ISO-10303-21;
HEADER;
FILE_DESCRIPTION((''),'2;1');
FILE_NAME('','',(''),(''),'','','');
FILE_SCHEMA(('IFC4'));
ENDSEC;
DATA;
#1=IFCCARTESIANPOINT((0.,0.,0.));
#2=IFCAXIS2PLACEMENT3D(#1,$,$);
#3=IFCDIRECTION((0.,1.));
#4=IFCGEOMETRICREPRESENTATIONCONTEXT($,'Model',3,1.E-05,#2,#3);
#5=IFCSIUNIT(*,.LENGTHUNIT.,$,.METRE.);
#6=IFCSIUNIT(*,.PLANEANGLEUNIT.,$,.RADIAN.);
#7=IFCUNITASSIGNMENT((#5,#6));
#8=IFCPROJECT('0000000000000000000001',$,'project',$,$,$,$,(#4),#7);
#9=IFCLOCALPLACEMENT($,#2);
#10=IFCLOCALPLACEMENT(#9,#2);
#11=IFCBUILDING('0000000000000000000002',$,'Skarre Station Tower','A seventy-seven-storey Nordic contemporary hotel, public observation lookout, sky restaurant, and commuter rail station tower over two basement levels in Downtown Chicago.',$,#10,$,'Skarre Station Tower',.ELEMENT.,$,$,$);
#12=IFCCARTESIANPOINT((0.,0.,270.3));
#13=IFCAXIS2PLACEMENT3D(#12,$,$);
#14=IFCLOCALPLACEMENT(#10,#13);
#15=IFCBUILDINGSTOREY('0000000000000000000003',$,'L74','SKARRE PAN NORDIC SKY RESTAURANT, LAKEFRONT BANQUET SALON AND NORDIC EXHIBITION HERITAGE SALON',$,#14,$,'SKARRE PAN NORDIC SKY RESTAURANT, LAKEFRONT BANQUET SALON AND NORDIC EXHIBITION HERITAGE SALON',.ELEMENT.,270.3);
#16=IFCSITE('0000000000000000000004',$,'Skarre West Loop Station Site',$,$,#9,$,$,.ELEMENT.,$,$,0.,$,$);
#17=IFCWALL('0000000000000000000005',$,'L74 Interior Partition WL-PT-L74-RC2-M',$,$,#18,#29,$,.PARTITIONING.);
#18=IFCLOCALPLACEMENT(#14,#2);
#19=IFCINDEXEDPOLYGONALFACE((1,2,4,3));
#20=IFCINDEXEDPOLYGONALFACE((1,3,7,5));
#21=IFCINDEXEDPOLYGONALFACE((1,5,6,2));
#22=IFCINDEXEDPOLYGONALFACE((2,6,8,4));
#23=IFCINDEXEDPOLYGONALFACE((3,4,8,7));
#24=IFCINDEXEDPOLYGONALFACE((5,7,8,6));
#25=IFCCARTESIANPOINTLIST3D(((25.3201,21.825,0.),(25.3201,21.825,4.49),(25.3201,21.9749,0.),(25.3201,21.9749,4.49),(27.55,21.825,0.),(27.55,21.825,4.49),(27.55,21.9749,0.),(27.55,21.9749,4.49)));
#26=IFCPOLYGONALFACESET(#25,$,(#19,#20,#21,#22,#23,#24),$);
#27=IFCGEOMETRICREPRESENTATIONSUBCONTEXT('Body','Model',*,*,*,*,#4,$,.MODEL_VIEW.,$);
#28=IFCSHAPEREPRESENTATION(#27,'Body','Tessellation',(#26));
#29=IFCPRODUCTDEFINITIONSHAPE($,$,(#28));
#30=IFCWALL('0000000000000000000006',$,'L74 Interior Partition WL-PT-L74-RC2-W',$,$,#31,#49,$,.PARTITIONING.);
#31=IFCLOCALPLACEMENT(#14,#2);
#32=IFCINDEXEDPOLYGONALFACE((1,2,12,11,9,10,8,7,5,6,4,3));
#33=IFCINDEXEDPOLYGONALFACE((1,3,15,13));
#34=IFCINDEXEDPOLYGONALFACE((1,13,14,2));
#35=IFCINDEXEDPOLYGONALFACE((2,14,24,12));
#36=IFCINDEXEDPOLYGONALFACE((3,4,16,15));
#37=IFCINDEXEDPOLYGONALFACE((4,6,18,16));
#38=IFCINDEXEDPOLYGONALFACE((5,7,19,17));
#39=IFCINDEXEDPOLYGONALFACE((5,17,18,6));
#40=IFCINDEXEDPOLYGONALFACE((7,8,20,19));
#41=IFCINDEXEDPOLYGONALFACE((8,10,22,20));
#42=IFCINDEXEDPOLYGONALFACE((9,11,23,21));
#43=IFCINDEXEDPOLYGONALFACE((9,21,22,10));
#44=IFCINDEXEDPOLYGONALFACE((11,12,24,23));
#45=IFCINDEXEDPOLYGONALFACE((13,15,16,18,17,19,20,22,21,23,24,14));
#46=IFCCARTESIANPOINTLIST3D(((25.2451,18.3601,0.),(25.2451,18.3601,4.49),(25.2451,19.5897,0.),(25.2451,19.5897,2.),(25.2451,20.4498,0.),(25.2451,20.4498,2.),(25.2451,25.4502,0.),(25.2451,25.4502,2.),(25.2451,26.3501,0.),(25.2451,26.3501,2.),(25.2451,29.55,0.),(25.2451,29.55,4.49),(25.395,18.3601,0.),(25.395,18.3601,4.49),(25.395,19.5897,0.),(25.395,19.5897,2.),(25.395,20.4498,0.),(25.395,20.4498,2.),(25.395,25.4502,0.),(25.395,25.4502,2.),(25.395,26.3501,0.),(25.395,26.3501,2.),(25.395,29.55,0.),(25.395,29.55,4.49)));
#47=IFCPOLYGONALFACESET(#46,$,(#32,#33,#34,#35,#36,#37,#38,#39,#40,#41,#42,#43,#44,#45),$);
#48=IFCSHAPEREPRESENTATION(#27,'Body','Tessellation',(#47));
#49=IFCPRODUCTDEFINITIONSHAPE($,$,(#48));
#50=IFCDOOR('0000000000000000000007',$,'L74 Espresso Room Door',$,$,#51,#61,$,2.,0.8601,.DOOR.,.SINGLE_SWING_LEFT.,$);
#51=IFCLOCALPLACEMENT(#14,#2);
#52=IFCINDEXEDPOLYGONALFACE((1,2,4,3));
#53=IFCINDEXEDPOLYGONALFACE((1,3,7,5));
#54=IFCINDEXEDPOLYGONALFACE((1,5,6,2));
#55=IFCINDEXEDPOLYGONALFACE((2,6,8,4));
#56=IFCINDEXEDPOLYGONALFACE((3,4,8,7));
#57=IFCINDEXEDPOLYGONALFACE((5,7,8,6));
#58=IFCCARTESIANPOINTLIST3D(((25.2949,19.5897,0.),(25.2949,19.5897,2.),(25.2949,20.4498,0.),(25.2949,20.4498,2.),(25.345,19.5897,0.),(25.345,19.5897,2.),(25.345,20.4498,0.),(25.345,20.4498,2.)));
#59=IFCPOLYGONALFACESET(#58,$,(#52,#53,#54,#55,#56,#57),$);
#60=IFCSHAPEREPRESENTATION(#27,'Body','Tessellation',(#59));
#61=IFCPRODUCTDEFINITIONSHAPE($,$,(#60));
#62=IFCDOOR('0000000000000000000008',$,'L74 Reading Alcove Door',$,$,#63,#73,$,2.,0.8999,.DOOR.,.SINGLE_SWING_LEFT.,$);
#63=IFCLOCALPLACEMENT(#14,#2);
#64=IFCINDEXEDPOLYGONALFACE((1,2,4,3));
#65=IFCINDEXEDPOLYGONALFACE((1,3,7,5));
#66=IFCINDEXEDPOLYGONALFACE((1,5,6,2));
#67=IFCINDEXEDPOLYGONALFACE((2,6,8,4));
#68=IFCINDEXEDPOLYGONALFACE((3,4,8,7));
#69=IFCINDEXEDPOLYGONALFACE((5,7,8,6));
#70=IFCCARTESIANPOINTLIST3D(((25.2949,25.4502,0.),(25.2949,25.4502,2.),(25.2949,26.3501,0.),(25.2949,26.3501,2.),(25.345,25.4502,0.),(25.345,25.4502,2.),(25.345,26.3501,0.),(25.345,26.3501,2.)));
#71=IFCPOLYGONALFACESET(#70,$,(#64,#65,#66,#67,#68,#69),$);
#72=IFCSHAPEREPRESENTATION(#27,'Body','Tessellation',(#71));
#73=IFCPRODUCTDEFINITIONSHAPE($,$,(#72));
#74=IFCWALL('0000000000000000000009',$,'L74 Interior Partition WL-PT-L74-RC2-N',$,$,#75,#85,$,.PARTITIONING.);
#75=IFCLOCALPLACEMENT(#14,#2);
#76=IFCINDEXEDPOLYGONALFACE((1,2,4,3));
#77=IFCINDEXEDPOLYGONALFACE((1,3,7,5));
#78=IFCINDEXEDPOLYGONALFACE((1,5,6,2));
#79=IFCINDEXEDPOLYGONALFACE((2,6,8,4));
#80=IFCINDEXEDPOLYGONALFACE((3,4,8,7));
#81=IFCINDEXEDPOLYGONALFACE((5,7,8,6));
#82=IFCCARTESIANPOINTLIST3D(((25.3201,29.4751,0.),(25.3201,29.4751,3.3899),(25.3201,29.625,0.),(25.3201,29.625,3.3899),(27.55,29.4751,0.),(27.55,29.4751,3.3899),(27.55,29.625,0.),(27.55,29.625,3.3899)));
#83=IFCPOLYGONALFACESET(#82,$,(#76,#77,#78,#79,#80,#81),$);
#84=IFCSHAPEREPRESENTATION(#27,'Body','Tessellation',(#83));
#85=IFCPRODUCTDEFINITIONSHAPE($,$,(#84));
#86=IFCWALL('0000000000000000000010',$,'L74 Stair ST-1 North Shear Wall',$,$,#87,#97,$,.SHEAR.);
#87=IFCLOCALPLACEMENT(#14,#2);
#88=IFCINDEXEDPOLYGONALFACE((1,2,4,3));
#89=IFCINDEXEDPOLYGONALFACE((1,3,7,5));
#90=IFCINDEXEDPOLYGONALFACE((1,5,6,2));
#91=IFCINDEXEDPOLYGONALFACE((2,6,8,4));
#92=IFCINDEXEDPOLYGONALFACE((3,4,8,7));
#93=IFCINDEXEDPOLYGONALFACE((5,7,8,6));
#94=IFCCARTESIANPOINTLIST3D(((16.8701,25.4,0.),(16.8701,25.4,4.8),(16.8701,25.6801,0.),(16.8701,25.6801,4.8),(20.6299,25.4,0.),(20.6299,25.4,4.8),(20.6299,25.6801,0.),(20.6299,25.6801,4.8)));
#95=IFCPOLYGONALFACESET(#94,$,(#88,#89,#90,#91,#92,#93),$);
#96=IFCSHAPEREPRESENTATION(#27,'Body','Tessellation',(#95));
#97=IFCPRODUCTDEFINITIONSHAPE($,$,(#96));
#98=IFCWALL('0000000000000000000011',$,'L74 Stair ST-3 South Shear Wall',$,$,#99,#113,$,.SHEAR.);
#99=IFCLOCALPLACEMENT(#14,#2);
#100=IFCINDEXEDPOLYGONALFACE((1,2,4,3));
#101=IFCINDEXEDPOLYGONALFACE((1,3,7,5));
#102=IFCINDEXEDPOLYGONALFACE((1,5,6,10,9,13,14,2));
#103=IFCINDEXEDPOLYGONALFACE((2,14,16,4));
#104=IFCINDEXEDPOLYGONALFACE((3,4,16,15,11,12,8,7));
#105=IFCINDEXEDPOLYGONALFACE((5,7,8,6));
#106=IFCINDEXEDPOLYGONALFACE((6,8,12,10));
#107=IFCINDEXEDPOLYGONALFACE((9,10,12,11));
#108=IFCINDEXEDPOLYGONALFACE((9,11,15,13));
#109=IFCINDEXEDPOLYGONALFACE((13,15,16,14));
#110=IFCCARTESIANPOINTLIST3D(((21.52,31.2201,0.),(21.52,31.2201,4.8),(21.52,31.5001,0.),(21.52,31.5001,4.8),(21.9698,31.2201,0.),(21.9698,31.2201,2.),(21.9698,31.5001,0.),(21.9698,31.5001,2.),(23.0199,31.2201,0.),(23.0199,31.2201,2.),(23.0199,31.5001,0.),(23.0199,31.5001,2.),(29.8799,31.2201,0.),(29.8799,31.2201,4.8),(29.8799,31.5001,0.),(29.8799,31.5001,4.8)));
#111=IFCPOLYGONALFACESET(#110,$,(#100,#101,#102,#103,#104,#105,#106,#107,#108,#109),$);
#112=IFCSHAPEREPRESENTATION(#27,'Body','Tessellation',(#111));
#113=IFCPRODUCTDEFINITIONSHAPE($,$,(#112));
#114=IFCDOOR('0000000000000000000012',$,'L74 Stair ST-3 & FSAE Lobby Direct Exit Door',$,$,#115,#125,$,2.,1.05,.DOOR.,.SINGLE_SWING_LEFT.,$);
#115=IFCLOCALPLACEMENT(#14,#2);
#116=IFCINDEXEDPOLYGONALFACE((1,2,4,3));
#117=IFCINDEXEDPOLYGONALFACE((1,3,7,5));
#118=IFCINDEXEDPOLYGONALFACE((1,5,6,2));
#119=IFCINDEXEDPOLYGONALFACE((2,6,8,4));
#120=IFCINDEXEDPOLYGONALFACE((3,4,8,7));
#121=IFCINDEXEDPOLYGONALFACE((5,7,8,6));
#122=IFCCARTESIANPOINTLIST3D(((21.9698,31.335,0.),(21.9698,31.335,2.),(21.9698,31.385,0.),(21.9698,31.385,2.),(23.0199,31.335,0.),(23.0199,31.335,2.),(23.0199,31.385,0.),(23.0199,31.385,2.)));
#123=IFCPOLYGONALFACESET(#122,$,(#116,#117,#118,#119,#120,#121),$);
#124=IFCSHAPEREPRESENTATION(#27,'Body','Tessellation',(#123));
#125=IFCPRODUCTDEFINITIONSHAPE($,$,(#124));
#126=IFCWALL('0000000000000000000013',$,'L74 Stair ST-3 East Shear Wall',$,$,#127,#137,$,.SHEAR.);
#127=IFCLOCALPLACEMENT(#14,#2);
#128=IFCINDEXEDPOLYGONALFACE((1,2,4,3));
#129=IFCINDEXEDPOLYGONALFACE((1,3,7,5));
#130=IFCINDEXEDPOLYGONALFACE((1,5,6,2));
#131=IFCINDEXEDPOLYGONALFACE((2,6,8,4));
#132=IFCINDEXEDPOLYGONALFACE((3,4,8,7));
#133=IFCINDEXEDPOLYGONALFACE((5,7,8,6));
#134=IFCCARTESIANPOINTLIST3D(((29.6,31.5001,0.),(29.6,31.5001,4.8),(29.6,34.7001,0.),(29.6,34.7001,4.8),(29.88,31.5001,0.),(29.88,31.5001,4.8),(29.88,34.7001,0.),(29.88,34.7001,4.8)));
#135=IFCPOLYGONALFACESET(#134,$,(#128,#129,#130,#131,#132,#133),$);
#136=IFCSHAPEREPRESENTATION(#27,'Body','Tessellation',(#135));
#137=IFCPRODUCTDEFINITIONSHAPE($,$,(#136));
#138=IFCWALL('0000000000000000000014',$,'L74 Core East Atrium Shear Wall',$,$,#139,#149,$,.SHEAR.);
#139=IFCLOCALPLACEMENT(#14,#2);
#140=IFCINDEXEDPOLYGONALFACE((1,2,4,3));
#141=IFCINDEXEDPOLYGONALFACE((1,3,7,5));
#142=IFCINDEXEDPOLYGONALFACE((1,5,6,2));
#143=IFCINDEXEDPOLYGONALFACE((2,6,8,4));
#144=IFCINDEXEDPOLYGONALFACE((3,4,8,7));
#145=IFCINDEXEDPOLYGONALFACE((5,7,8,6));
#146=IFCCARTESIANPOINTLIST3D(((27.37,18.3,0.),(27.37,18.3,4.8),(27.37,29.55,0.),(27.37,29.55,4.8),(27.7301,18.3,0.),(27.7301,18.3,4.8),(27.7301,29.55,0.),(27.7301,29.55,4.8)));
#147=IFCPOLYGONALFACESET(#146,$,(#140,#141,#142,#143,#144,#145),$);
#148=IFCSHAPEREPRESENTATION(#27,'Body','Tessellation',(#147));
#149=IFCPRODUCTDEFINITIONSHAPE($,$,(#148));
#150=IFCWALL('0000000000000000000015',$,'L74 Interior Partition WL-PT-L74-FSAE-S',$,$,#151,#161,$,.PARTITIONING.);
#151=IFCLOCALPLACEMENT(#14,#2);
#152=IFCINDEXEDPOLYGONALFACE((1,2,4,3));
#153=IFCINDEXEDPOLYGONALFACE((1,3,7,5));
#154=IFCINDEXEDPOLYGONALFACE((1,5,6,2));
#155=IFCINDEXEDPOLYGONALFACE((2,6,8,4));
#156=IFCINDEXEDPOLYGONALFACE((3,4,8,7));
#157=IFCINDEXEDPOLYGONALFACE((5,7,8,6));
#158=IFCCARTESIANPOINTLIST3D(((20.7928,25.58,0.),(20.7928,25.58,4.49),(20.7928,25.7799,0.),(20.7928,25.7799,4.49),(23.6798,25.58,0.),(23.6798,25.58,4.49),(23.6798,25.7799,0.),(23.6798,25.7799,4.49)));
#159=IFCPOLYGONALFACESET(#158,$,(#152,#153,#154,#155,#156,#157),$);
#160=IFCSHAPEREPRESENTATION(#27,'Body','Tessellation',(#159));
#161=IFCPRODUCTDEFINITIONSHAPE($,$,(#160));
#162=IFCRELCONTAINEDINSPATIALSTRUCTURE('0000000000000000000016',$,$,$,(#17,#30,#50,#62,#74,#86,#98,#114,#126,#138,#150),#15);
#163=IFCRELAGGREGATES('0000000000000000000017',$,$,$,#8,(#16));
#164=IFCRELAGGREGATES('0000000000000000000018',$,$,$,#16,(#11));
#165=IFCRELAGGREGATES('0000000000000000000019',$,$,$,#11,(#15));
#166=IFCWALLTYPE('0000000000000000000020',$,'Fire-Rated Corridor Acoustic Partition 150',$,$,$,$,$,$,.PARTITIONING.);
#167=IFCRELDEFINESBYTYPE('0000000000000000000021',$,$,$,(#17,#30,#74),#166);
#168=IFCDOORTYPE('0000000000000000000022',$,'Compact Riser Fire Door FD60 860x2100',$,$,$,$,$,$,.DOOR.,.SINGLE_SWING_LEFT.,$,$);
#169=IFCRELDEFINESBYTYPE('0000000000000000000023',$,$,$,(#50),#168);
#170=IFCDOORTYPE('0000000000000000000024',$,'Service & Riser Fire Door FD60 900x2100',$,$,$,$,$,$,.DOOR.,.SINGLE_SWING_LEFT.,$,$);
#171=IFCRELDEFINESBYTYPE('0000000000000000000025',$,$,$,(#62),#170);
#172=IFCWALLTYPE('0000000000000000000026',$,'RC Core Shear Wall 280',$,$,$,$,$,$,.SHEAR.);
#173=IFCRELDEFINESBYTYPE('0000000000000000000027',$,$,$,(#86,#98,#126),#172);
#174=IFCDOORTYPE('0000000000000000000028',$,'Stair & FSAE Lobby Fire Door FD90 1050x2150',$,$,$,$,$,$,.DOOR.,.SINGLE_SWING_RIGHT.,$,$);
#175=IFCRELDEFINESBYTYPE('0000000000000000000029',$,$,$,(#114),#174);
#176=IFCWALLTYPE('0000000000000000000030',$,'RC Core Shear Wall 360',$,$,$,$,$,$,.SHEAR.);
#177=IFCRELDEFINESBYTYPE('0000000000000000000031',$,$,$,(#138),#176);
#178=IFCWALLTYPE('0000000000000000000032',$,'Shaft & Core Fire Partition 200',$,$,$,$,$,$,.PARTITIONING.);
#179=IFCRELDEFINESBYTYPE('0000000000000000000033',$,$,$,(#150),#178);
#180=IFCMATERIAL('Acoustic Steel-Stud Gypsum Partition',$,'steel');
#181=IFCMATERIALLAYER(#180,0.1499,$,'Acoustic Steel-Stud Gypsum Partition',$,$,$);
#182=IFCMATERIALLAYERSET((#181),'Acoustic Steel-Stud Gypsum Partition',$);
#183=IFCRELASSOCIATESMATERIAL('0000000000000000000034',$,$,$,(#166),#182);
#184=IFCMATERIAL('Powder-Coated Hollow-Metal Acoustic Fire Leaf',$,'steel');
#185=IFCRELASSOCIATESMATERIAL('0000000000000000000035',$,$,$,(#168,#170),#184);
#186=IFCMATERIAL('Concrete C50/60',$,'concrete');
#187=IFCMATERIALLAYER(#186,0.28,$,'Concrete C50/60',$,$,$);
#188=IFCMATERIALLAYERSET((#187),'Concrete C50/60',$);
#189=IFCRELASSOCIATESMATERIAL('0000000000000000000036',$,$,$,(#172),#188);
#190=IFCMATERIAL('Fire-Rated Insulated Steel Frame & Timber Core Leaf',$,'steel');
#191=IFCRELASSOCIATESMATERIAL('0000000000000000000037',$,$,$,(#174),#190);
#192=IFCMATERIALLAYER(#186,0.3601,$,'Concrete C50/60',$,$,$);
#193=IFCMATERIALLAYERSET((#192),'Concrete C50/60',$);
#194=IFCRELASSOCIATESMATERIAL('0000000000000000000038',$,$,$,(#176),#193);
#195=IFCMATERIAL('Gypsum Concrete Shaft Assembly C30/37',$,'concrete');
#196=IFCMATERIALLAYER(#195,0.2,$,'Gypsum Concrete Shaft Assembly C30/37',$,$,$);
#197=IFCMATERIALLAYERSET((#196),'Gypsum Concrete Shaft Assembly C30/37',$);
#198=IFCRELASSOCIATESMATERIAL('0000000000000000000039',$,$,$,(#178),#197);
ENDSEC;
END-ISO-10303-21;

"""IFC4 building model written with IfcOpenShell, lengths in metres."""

from ifc_helpers import new_model, si_unit, direction, frame, frame_2d, origin, place, context, subcontext, project, spatial, rectangle, extrude, material, layer, layer_set, type_object, element, fill, save


model = new_model("IFC4")

# Units and contexts
model_context = context("Model", 3, precision=1e-05, world=origin(), true_north=direction((0.0, 1.0)))
body_context = subcontext(model_context, "Body", "Model", "MODEL_VIEW")
ifc_project = project(units=[si_unit("LENGTHUNIT", "METRE"), si_unit("PLANEANGLEUNIT", "RADIAN")], contexts=[model_context])

# Site, building, storey
site_placement = place(None, origin())
site = spatial("IfcSite", under=ifc_project, at=site_placement, Name="Skarre West Loop Station Site", CompositionType="ELEMENT", RefElevation=0.0)
building_placement = place(site_placement, origin())
building = spatial("IfcBuilding", under=site, at=building_placement, Name="Skarre Station Tower", Description="A seventy-seven-storey Nordic contemporary hotel, public observation lookout, sky restaurant, and commuter rail station tower over two basement levels in Downtown Chicago.", LongName="Skarre Station Tower", CompositionType="ELEMENT")
storey_placement = place(building_placement, frame((0.0, 0.0, 270.3)))
storey = spatial("IfcBuildingStorey", under=building, at=storey_placement, Name="L74", Description="SKARRE PAN NORDIC SKY RESTAURANT, LAKEFRONT BANQUET SALON AND NORDIC EXHIBITION HERITAGE SALON", LongName="SKARRE PAN NORDIC SKY RESTAURANT, LAKEFRONT BANQUET SALON AND NORDIC EXHIBITION HERITAGE SALON", CompositionType="ELEMENT", Elevation=270.3)

# Wall
ifc_material_1 = material(Name="Acoustic Steel-Stud Gypsum Partition", Category="steel")
ifc_layer_1 = layer(ifc_material_1, 0.1499, Name="Acoustic Steel-Stud Gypsum Partition")
ifc_layer_set_1 = layer_set([ifc_layer_1], Name="Acoustic Steel-Stud Gypsum Partition")
wall_type_1 = type_object("IfcWallType", Name="Fire-Rated Corridor Acoustic Partition 150", PredefinedType="PARTITIONING", material=ifc_layer_set_1)
wall_1_placement = place(storey_placement, frame((25.3201, 21.8999, 0.0), z_axis=(0.0, 0.0, 1.0), x_axis=(1.0, 0.0, 0.0)))
element("IfcWall", 1, at=wall_1_placement, inside=storey, type_object=wall_type_1, Name="L74 Interior Partition WL-PT-L74-RC2-M", PredefinedType="PARTITIONING", context=body_context, shape_type="SweptSolid", body=[
    extrude(rectangle(XDim=2.23, YDim=0.1499, at=frame_2d((1.115, 0.0))), origin(), (0.0, 0.0, 1.0), 4.49),
])

# Wall, openings, doors
wall_2_placement = place(storey_placement, frame((25.3201, 29.55, 0.0), z_axis=(0.0, 0.0, 1.0), x_axis=(0.0, -1.0, 0.0)))
wall_2 = element("IfcWall", 2, at=wall_2_placement, inside=storey, type_object=wall_type_1, Name="L74 Interior Partition WL-PT-L74-RC2-W", PredefinedType="PARTITIONING", context=body_context, shape_type="SweptSolid", body=[
    extrude(rectangle(XDim=11.1899, YDim=0.1499, at=frame_2d((5.595, 0.0))), origin(), (0.0, 0.0, 1.0), 4.49),
])
opening_1_placement = place(wall_2_placement, frame((3.2, 0.0, 0.0)))
opening_1 = element("IfcOpeningElement", 3, at=opening_1_placement, cuts=wall_2, PredefinedType="OPENING", context=body_context, shape_type="SweptSolid", body=[
    extrude(rectangle(XDim=0.8999, YDim=2.0, at=frame_2d((0.45, 1.0))), frame((0.0, 0.085, 0.0), z_axis=(0.0, -1.0, 0.0), x_axis=(1.0, 0.0, 0.0)), (0.0, 0.0, 1.0), 0.1699),
])
opening_2_placement = place(wall_2_placement, frame((9.1001, 0.0, 0.0)))
opening_2 = element("IfcOpeningElement", 4, at=opening_2_placement, cuts=wall_2, PredefinedType="OPENING", context=body_context, shape_type="SweptSolid", body=[
    extrude(rectangle(XDim=0.8601, YDim=2.0, at=frame_2d((0.4302, 1.0))), frame((0.0, 0.085, 0.0), z_axis=(0.0, -1.0, 0.0), x_axis=(1.0, 0.0, 0.0)), (0.0, 0.0, 1.0), 0.1699),
])
ifc_material_2 = material(Name="Powder-Coated Hollow-Metal Acoustic Fire Leaf", Category="steel")
door_type_1 = type_object("IfcDoorType", Name="Compact Riser Fire Door FD60 860x2100", OperationType="SINGLE_SWING_LEFT", PredefinedType="DOOR", material=ifc_material_2)
door_1_placement = place(opening_2_placement, origin())
door_1 = element("IfcDoor", 5, at=door_1_placement, inside=storey, type_object=door_type_1, Name="L74 Espresso Room Door", OperationType="SINGLE_SWING_LEFT", OverallHeight=2.0, OverallWidth=0.8601, PredefinedType="DOOR", context=body_context, shape_type="SweptSolid", body=[
    extrude(rectangle(XDim=0.8601, YDim=2.0, at=frame_2d((0.4302, 1.0))), frame((0.0, 0.0249, 0.0), z_axis=(0.0, -1.0, 0.0), x_axis=(1.0, 0.0, 0.0)), (0.0, 0.0, 1.0), 0.05),
])
fill(opening_2, door_1)
door_type_2 = type_object("IfcDoorType", Name="Service & Riser Fire Door FD60 900x2100", OperationType="SINGLE_SWING_LEFT", PredefinedType="DOOR", material=ifc_material_2)
door_2_placement = place(opening_1_placement, origin())
door_2 = element("IfcDoor", 6, at=door_2_placement, inside=storey, type_object=door_type_2, Name="L74 Reading Alcove Door", OperationType="SINGLE_SWING_LEFT", OverallHeight=2.0, OverallWidth=0.8999, PredefinedType="DOOR", context=body_context, shape_type="SweptSolid", body=[
    extrude(rectangle(XDim=0.8999, YDim=2.0, at=frame_2d((0.45, 1.0))), frame((0.0, 0.0249, 0.0), z_axis=(0.0, -1.0, 0.0), x_axis=(1.0, 0.0, 0.0)), (0.0, 0.0, 1.0), 0.05),
])
fill(opening_1, door_2)

# Walls
wall_3_placement = place(storey_placement, frame((27.55, 29.55, 0.0), z_axis=(0.0, 0.0, 1.0), x_axis=(-1.0, 0.0, 0.0)))
element("IfcWall", 7, at=wall_3_placement, inside=storey, type_object=wall_type_1, Name="L74 Interior Partition WL-PT-L74-RC2-N", PredefinedType="PARTITIONING", context=body_context, shape_type="SweptSolid", body=[
    extrude(rectangle(XDim=2.23, YDim=0.1499, at=frame_2d((1.115, 0.0))), origin(), (0.0, 0.0, 1.0), 3.3899),
])
ifc_material_3 = material(Name="Concrete C50/60", Category="concrete")
ifc_layer_2 = layer(ifc_material_3, 0.28, Name="Concrete C50/60")
ifc_layer_set_2 = layer_set([ifc_layer_2], Name="Concrete C50/60")
wall_type_2 = type_object("IfcWallType", Name="RC Core Shear Wall 280", PredefinedType="SHEAR", material=ifc_layer_set_2)
wall_4_placement = place(storey_placement, frame((20.6299, 25.54, 0.0), z_axis=(0.0, 0.0, 1.0), x_axis=(-1.0, 0.0, 0.0)))
element("IfcWall", 8, at=wall_4_placement, inside=storey, type_object=wall_type_2, Name="L74 Stair ST-1 North Shear Wall", PredefinedType="SHEAR", context=body_context, shape_type="SweptSolid", body=[
    extrude(rectangle(XDim=3.7598, YDim=0.28, at=frame_2d((1.8799, 0.0))), origin(), (0.0, 0.0, 1.0), 4.8),
])

# Wall, opening, door
wall_5_placement = place(storey_placement, frame((21.52, 31.3601, 0.0), z_axis=(0.0, 0.0, 1.0), x_axis=(1.0, 0.0, 0.0)))
wall_5 = element("IfcWall", 9, at=wall_5_placement, inside=storey, type_object=wall_type_2, Name="L74 Stair ST-3 South Shear Wall", PredefinedType="SHEAR", context=body_context, shape_type="SweptSolid", body=[
    extrude(rectangle(XDim=8.3599, YDim=0.28, at=frame_2d((4.1799, 0.0))), origin(), (0.0, 0.0, 1.0), 4.8),
])
opening_3_placement = place(wall_5_placement, frame((0.45, 0.0, 0.0)))
opening_3 = element("IfcOpeningElement", 10, at=opening_3_placement, cuts=wall_5, PredefinedType="OPENING", context=body_context, shape_type="SweptSolid", body=[
    extrude(rectangle(XDim=1.05, YDim=2.0, at=frame_2d((0.5249, 1.0))), frame((0.0, 0.1499, 0.0), z_axis=(0.0, -1.0, 0.0), x_axis=(1.0, 0.0, 0.0)), (0.0, 0.0, 1.0), 0.3),
])
ifc_material_4 = material(Name="Fire-Rated Insulated Steel Frame & Timber Core Leaf", Category="steel")
door_type_3 = type_object("IfcDoorType", Name="Stair & FSAE Lobby Fire Door FD90 1050x2150", OperationType="SINGLE_SWING_RIGHT", PredefinedType="DOOR", material=ifc_material_4)
door_3_placement = place(opening_3_placement, origin())
door_3 = element("IfcDoor", 11, at=door_3_placement, inside=storey, type_object=door_type_3, Name="L74 Stair ST-3 & FSAE Lobby Direct Exit Door", OperationType="SINGLE_SWING_LEFT", OverallHeight=2.0, OverallWidth=1.05, PredefinedType="DOOR", context=body_context, shape_type="SweptSolid", body=[
    extrude(rectangle(XDim=1.05, YDim=2.0, at=frame_2d((0.5249, 1.0))), frame((0.0, 0.0249, 0.0), z_axis=(0.0, -1.0, 0.0), x_axis=(1.0, 0.0, 0.0)), (0.0, 0.0, 1.0), 0.05),
])
fill(opening_3, door_3)

# Walls
wall_6_placement = place(storey_placement, frame((29.74, 31.5, 0.0), z_axis=(0.0, 0.0, 1.0), x_axis=(0.0, 1.0, 0.0)))
element("IfcWall", 12, at=wall_6_placement, inside=storey, type_object=wall_type_2, Name="L74 Stair ST-3 East Shear Wall", PredefinedType="SHEAR", context=body_context, shape_type="SweptSolid", body=[
    extrude(rectangle(XDim=3.2, YDim=0.28, at=frame_2d((1.6001, 0.0))), origin(), (0.0, 0.0, 1.0), 4.8),
])
ifc_layer_3 = layer(ifc_material_3, 0.3601, Name="Concrete C50/60")
ifc_layer_set_3 = layer_set([ifc_layer_3], Name="Concrete C50/60")
wall_type_3 = type_object("IfcWallType", Name="RC Core Shear Wall 360", PredefinedType="SHEAR", material=ifc_layer_set_3)
wall_7_placement = place(storey_placement, frame((27.55, 29.55, 0.0), z_axis=(0.0, 0.0, 1.0), x_axis=(0.0, -1.0, 0.0)))
element("IfcWall", 13, at=wall_7_placement, inside=storey, type_object=wall_type_3, Name="L74 Core East Atrium Shear Wall", PredefinedType="SHEAR", context=body_context, shape_type="SweptSolid", body=[
    extrude(rectangle(XDim=11.25, YDim=0.3601, at=frame_2d((5.625, 0.0))), origin(), (0.0, 0.0, 1.0), 4.8),
])
ifc_material_5 = material(Name="Gypsum Concrete Shaft Assembly C30/37", Category="concrete")
ifc_layer_4 = layer(ifc_material_5, 0.2, Name="Gypsum Concrete Shaft Assembly C30/37")
ifc_layer_set_4 = layer_set([ifc_layer_4], Name="Gypsum Concrete Shaft Assembly C30/37")
wall_type_4 = type_object("IfcWallType", Name="Shaft & Core Fire Partition 200", PredefinedType="PARTITIONING", material=ifc_layer_set_4)
wall_8_placement = place(storey_placement, frame((20.793, 25.6799, 0.0), z_axis=(0.0, 0.0, 1.0), x_axis=(1.0, 0.0, 0.0)))
element("IfcWall", 14, at=wall_8_placement, inside=storey, type_object=wall_type_4, Name="L74 Interior Partition WL-PT-L74-FSAE-S", PredefinedType="PARTITIONING", context=body_context, shape_type="SweptSolid", body=[
    extrude(rectangle(XDim=2.887, YDim=0.2, at=frame_2d((1.4434, 0.0))), origin(), (0.0, 0.0, 1.0), 4.49),
])

save(model, "model.ifc")
